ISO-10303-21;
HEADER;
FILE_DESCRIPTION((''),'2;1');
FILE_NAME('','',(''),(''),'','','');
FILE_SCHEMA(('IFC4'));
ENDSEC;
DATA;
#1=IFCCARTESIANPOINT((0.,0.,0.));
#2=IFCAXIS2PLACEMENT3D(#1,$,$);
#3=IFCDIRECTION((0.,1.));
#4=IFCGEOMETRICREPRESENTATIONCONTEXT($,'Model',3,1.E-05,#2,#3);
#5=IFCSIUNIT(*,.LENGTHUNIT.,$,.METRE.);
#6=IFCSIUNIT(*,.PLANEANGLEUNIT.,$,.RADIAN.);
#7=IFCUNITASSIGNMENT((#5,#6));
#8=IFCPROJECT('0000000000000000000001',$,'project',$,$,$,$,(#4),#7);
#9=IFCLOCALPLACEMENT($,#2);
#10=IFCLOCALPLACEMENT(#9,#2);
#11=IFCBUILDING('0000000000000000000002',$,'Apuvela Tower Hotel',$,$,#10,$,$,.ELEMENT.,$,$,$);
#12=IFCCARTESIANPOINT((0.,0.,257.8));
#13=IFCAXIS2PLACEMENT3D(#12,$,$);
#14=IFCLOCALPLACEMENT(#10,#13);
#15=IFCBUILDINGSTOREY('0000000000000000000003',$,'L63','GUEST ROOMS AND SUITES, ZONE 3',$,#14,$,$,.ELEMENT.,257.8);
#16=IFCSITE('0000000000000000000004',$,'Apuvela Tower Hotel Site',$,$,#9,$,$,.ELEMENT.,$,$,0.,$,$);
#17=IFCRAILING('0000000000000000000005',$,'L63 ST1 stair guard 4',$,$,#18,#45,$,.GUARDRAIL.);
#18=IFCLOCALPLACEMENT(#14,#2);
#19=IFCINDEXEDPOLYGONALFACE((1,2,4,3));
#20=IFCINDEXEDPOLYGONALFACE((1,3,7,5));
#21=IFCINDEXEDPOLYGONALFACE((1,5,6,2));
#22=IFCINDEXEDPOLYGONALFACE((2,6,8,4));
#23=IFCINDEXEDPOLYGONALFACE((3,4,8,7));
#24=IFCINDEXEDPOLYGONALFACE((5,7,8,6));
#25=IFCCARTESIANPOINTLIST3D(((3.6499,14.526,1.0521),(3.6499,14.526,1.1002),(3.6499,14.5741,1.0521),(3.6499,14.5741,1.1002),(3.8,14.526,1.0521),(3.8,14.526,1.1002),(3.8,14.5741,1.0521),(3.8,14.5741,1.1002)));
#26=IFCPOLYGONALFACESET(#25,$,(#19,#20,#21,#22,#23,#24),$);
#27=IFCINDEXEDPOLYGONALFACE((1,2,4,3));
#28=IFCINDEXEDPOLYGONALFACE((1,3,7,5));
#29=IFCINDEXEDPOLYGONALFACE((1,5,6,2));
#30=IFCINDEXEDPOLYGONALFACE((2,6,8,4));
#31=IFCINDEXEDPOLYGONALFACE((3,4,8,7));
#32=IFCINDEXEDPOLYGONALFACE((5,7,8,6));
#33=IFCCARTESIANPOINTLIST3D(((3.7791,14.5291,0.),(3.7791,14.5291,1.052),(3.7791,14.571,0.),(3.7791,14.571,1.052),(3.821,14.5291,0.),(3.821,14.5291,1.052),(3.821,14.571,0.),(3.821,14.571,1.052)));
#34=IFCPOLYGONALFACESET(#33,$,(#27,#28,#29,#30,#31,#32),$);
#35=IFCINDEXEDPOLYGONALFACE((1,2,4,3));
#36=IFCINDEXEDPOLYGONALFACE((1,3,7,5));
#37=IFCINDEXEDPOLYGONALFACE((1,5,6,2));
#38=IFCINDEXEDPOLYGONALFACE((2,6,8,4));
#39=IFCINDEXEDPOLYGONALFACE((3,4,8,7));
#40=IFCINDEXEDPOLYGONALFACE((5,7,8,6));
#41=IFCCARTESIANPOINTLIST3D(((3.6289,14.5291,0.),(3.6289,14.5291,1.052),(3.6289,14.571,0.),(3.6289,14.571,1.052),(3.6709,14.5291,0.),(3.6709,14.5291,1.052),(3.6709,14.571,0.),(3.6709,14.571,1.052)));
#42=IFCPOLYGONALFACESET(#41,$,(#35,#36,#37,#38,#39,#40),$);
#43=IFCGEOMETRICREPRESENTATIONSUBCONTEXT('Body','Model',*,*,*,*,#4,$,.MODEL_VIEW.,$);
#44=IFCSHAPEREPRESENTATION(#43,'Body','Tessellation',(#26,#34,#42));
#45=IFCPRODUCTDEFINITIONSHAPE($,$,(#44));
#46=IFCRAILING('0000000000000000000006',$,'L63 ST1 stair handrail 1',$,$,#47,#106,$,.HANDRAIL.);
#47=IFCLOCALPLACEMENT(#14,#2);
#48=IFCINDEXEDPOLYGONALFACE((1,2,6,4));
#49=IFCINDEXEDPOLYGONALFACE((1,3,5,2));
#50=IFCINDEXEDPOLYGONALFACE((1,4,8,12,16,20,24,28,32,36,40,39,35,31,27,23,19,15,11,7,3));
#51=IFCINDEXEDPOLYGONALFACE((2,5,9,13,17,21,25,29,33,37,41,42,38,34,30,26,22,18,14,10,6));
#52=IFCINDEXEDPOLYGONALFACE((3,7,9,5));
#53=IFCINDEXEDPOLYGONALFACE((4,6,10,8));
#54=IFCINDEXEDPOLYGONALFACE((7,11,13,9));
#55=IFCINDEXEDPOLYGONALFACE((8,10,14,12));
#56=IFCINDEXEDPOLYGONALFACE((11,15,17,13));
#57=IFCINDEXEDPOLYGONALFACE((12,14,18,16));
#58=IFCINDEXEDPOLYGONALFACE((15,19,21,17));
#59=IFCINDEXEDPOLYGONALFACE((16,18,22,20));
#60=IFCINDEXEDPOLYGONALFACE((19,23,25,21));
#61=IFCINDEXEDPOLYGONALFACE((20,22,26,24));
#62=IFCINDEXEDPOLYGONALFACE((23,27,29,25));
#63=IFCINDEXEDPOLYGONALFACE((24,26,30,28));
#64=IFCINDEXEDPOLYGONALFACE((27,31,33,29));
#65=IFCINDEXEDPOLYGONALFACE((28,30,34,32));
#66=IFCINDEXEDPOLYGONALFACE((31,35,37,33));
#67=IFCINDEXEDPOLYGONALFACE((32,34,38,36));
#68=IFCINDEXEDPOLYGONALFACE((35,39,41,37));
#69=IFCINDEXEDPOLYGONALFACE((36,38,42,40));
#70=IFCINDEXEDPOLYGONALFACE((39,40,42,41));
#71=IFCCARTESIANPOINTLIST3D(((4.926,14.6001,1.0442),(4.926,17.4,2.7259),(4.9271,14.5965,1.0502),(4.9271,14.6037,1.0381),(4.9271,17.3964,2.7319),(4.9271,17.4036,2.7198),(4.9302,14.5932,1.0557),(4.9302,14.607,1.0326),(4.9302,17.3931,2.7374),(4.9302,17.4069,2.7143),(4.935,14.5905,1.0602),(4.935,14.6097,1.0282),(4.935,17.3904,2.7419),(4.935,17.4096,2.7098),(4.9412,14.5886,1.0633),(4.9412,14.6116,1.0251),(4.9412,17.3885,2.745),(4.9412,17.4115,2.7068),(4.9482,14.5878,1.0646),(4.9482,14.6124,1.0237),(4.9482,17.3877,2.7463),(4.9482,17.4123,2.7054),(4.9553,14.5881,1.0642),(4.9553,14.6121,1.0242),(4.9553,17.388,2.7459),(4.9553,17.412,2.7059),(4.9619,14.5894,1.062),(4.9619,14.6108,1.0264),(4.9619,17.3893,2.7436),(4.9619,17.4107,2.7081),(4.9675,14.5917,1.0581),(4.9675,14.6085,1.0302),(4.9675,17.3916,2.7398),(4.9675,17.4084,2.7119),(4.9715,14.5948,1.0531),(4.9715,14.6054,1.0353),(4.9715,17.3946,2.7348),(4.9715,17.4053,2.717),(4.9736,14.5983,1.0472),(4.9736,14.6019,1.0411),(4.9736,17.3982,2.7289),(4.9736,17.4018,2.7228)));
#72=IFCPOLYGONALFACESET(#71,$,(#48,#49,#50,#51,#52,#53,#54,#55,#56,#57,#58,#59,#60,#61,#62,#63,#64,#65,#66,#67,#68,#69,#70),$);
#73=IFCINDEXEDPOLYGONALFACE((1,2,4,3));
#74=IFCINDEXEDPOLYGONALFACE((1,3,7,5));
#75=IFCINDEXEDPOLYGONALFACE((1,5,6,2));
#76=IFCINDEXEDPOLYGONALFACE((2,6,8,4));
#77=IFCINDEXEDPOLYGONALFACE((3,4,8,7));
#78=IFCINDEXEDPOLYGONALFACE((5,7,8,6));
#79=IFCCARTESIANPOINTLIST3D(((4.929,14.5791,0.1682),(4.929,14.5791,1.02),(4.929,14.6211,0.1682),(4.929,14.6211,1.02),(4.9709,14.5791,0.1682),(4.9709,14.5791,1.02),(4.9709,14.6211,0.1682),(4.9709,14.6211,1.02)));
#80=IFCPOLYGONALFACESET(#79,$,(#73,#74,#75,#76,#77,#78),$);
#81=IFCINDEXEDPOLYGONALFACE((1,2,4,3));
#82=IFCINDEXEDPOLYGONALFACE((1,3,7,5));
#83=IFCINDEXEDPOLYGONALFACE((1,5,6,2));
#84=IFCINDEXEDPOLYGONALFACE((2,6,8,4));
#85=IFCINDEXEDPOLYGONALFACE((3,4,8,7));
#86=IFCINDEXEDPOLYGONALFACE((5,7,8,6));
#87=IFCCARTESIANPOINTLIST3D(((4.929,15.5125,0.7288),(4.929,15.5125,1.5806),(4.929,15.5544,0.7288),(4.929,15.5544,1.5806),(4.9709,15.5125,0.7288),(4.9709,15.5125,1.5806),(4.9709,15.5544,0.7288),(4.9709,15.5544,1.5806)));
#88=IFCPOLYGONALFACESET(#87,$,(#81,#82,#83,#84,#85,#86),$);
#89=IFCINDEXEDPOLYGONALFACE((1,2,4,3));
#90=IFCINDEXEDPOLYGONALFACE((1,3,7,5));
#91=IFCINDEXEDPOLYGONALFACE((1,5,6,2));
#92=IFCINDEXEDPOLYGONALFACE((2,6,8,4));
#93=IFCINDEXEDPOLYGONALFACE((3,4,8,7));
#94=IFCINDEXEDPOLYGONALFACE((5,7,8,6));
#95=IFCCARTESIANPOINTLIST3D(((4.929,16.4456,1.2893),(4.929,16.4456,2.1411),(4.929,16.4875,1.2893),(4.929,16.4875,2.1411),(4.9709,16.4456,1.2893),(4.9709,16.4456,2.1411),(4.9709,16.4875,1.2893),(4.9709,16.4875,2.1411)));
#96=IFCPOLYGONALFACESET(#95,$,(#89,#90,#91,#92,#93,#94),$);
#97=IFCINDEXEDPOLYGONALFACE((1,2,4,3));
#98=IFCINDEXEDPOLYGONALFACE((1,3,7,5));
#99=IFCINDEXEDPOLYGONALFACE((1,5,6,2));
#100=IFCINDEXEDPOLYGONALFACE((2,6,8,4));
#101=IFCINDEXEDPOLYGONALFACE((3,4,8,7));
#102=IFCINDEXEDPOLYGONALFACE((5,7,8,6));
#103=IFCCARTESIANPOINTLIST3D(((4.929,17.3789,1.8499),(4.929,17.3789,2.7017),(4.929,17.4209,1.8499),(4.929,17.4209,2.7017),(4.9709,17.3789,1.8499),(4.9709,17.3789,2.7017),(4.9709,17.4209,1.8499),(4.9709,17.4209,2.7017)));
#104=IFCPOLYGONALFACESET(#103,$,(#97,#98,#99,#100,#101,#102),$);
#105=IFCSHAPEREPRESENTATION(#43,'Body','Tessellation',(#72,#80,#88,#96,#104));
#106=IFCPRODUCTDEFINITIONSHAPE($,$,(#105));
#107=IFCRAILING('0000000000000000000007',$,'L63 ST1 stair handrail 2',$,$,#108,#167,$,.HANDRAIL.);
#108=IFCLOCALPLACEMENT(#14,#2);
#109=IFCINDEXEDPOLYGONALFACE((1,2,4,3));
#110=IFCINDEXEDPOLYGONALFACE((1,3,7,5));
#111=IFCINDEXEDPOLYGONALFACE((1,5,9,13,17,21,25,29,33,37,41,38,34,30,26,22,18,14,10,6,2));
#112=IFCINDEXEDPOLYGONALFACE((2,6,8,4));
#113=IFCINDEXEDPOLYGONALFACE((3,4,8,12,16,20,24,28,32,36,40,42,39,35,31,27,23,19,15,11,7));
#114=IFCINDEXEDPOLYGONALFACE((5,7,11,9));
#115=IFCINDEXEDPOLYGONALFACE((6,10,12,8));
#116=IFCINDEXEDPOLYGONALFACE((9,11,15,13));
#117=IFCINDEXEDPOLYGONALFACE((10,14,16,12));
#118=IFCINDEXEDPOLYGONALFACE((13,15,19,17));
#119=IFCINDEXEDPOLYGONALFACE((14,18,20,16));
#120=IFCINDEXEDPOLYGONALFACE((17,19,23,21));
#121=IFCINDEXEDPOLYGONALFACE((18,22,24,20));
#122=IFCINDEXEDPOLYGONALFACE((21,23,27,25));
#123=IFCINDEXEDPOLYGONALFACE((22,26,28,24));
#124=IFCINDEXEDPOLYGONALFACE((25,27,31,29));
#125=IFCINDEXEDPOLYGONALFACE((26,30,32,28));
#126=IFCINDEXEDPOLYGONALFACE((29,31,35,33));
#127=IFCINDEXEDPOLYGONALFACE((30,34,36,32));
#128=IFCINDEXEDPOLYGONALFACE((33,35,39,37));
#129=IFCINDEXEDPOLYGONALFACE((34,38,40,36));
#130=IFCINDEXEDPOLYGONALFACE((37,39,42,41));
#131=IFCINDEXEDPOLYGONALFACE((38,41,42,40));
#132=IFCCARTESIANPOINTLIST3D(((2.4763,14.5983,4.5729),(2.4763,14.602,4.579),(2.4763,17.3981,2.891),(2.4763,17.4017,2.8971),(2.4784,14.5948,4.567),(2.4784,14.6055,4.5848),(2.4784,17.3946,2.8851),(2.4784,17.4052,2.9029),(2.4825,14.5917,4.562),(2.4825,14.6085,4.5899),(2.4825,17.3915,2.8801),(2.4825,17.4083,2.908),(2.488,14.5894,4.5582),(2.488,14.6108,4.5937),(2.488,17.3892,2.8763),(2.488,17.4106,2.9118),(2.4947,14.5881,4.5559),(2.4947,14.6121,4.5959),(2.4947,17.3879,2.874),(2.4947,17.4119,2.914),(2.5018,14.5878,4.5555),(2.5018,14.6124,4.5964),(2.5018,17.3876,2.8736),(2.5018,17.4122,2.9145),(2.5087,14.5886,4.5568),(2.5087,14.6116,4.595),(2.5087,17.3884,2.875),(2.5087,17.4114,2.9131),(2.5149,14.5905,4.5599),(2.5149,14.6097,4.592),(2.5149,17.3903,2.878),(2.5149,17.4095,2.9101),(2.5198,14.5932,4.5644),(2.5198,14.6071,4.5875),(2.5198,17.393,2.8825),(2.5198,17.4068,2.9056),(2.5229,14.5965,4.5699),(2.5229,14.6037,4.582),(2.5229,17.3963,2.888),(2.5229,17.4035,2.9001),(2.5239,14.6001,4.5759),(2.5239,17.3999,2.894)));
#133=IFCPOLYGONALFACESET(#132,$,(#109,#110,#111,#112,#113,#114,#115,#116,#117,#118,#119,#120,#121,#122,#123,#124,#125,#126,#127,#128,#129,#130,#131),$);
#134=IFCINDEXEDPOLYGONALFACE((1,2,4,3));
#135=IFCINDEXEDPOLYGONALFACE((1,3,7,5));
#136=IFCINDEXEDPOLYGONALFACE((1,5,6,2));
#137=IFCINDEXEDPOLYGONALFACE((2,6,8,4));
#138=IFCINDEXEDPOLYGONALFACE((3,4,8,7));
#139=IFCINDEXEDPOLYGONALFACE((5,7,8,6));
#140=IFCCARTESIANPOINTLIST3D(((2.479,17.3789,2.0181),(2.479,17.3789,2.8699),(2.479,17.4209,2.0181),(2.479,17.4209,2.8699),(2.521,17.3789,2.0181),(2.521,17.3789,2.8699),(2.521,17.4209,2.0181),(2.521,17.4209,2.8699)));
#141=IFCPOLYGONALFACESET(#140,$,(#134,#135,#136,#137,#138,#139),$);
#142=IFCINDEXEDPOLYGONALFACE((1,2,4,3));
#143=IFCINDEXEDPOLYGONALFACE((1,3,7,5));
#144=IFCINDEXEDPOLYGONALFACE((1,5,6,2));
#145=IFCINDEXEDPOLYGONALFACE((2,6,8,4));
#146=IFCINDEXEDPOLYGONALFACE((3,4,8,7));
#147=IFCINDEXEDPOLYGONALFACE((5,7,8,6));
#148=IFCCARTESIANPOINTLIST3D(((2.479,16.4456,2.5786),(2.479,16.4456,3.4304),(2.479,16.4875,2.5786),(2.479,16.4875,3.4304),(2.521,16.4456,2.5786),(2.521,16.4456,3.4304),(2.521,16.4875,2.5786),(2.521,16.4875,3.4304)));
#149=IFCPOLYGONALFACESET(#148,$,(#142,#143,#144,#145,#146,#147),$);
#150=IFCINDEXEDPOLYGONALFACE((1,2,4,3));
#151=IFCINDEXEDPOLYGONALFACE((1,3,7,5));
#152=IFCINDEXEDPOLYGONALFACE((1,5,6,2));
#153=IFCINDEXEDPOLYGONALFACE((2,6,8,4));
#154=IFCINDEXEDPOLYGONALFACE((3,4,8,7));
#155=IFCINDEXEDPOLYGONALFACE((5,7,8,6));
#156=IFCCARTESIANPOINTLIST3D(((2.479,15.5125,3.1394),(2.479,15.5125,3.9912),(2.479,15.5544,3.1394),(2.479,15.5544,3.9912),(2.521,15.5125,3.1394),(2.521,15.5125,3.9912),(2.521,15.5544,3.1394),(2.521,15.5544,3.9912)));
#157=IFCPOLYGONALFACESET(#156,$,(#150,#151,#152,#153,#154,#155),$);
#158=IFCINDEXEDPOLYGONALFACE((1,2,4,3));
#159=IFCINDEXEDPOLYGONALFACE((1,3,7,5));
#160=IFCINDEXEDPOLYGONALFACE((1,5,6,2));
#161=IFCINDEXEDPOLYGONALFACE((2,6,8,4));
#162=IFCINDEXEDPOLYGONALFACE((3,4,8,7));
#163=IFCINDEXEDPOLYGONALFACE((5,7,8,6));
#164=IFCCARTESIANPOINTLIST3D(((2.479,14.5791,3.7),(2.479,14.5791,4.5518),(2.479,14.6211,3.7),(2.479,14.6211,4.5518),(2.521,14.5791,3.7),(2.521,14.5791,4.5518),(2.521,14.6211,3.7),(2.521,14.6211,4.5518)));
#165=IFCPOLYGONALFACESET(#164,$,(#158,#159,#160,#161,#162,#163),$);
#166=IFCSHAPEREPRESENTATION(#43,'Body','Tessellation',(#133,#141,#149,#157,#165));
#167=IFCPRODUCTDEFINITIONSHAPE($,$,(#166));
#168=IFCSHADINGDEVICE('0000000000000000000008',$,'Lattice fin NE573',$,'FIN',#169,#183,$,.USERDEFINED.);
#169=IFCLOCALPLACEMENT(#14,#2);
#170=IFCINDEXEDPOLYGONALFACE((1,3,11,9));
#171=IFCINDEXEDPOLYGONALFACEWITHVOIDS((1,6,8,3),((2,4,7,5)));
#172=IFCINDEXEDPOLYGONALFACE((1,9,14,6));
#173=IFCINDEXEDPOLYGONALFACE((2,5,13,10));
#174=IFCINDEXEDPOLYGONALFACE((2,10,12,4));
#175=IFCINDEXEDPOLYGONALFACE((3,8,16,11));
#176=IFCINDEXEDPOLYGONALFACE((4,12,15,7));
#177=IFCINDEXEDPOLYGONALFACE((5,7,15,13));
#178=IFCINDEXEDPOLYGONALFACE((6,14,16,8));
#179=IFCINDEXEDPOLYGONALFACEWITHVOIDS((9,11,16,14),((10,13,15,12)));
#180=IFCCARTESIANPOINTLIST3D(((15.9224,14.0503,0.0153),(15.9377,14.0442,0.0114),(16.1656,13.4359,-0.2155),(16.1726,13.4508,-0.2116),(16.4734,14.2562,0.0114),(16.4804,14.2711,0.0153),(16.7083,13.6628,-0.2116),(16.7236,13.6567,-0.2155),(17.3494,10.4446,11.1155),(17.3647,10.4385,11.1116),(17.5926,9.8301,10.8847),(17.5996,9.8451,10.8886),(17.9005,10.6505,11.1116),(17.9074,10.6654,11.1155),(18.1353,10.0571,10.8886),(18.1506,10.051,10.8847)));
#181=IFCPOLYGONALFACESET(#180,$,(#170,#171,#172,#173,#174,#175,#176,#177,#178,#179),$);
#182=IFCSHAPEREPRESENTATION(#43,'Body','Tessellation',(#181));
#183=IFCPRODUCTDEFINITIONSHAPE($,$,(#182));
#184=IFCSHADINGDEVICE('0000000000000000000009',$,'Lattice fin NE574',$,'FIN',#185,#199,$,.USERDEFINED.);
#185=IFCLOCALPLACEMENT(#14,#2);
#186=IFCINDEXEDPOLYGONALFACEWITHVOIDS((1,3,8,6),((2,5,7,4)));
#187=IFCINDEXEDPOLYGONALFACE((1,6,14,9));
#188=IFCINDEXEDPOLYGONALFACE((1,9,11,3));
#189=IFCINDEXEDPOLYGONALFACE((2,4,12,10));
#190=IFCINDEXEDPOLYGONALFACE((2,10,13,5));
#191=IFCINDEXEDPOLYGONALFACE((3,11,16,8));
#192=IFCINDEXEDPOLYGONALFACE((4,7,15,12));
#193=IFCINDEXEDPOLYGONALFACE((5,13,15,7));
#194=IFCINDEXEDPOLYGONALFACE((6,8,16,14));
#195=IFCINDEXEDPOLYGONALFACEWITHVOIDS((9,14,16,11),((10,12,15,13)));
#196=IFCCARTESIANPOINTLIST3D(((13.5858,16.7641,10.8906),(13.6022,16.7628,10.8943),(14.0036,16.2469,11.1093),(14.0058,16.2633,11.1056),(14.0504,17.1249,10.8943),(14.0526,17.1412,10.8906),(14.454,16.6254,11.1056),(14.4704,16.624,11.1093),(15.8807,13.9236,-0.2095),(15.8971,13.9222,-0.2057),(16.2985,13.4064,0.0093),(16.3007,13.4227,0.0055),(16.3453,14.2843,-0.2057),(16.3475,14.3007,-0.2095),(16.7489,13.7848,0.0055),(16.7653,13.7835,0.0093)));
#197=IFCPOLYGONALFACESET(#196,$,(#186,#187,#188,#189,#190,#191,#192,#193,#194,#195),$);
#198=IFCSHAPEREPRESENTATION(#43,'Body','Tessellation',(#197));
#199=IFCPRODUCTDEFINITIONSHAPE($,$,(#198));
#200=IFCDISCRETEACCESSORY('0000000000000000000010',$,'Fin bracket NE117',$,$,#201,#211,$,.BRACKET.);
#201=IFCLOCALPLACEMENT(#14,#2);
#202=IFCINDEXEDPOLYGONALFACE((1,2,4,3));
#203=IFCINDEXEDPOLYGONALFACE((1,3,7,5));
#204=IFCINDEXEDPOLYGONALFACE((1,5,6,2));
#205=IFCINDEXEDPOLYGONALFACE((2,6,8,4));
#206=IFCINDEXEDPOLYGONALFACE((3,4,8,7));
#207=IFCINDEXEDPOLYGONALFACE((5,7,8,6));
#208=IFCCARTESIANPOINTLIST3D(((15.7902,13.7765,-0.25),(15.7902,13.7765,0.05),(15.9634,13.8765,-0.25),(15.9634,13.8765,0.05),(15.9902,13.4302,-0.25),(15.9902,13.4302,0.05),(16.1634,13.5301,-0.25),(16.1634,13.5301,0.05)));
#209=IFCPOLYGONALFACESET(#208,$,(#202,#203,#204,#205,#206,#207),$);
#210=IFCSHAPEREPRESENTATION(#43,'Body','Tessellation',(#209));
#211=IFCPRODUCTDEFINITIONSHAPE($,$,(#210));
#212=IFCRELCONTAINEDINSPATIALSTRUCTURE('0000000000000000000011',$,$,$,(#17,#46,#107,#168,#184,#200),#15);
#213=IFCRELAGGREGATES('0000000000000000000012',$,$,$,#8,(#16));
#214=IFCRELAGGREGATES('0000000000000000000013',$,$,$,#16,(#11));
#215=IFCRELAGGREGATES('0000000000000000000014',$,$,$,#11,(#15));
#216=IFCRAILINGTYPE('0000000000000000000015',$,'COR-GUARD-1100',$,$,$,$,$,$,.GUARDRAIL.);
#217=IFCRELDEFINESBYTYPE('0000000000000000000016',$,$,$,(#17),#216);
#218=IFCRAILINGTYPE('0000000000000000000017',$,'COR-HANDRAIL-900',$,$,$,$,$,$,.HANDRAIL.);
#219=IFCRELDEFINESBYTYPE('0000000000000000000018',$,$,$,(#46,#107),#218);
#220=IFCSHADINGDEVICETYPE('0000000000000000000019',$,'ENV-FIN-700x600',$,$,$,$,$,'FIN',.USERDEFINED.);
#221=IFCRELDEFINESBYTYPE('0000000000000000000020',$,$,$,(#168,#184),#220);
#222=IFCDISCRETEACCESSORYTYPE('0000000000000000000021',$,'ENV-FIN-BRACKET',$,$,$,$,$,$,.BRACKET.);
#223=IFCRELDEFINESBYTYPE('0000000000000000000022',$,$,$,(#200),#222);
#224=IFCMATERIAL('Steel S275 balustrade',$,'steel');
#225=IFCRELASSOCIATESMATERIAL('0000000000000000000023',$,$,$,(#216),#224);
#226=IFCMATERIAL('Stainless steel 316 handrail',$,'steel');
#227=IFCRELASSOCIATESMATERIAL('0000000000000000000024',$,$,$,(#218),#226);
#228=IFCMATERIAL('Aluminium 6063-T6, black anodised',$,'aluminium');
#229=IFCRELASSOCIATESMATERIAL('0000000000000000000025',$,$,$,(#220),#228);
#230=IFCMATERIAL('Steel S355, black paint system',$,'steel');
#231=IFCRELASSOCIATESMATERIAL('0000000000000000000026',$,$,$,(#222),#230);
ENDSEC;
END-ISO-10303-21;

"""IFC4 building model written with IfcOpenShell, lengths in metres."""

from ifc_helpers import new_model, si_unit, direction, frame, origin, origin_2d, place, context, subcontext, project, spatial, rectangle, hollow_rectangle, circle, extrude, material, material_profile, profile_set, type_object, element, save


model = new_model("IFC4")

# Units and contexts
model_context = context("Model", 3, precision=1e-05, world=origin(), true_north=direction((0.0, 1.0)))
body_context = subcontext(model_context, "Body", "Model", "MODEL_VIEW")
ifc_project = project(units=[si_unit("LENGTHUNIT", "METRE"), si_unit("PLANEANGLEUNIT", "RADIAN")], contexts=[model_context])

# Site, building, storey
site_placement = place(None, origin())
site = spatial("IfcSite", under=ifc_project, at=site_placement, Name="Apuvela Tower Hotel Site", CompositionType="ELEMENT", RefElevation=0.0)
building_placement = place(site_placement, origin())
building = spatial("IfcBuilding", under=site, at=building_placement, Name="Apuvela Tower Hotel", CompositionType="ELEMENT")
storey_placement = place(building_placement, frame((0.0, 0.0, 257.8)))
storey = spatial("IfcBuildingStorey", under=building, at=storey_placement, Name="L63", Description="GUEST ROOMS AND SUITES, ZONE 3", CompositionType="ELEMENT", Elevation=257.8)

# Railings
ifc_material_1 = material(Name="Steel S275 balustrade", Category="steel")
railing_type_1 = type_object("IfcRailingType", Name="COR-GUARD-1100", PredefinedType="GUARDRAIL", material=ifc_material_1)
railing_1_placement = place(storey_placement, frame((3.8, 14.55, 0.0)))
element("IfcRailing", 1, at=railing_1_placement, inside=storey, type_object=railing_type_1, Name="L63 ST1 stair guard 4", PredefinedType="GUARDRAIL", context=body_context, shape_type="SweptSolid", body=[
    extrude(rectangle(XDim=0.0481, YDim=0.0481, at=origin_2d()), frame((0.0, 0.0, 1.0762), z_axis=(-1.0, 0.0, 0.0), x_axis=(0.0, -1.0, 0.0)), (0.0, 0.0, 1.0), 0.1501),
    extrude(rectangle(XDim=0.042, YDim=0.042, at=origin_2d()), origin(), (0.0, 0.0, 1.0), 1.052),
    extrude(rectangle(XDim=0.042, YDim=0.042, at=origin_2d()), frame((-0.1501, 0.0, 0.0)), (0.0, 0.0, 1.0), 1.052),
])
ifc_material_2 = material(Name="Stainless steel 316 handrail", Category="steel")
railing_type_2 = type_object("IfcRailingType", Name="COR-HANDRAIL-900", PredefinedType="HANDRAIL", material=ifc_material_2)
railing_2_placement = place(storey_placement, frame((4.95, 14.6001, 0.1682)))
element("IfcRailing", 2, at=railing_2_placement, inside=storey, type_object=railing_type_2, Name="L63 ST1 stair handrail 1", PredefinedType="HANDRAIL", context=body_context, shape_type="SweptSolid", body=[
    extrude(circle(Radius=0.0239, at=origin_2d()), frame((0.0, 0.0, 0.876), z_axis=(0.0, 0.857255, 0.514891), x_axis=(-1.0, 0.0, 0.0)), (0.0, 0.0, 1.0), 3.2661),
    extrude(rectangle(XDim=0.042, YDim=0.042, at=origin_2d()), origin(), (0.0, 0.0, 1.0), 0.8518),
    extrude(rectangle(XDim=0.042, YDim=0.042, at=origin_2d()), frame((0.0, 0.9333, 0.5605)), (0.0, 0.0, 1.0), 0.8518),
    extrude(rectangle(XDim=0.042, YDim=0.042, at=origin_2d()), frame((0.0, 1.8665, 1.1211)), (0.0, 0.0, 1.0), 0.8518),
    extrude(rectangle(XDim=0.042, YDim=0.042, at=origin_2d()), frame((0.0, 2.7998, 1.6816)), (0.0, 0.0, 1.0), 0.8518),
])
railing_3_placement = place(storey_placement, frame((2.5, 17.3999, 2.0181)))
element("IfcRailing", 3, at=railing_3_placement, inside=storey, type_object=railing_type_2, Name="L63 ST1 stair handrail 2", PredefinedType="HANDRAIL", context=body_context, shape_type="SweptSolid", body=[
    extrude(circle(Radius=0.0239, at=origin_2d()), frame((0.0, 0.0, 0.876), z_axis=(0.0, -0.857222, 0.514946), x_axis=(1.0, 0.0, 0.0)), (0.0, 0.0, 1.0), 3.2661),
    extrude(rectangle(XDim=0.042, YDim=0.042, at=origin_2d()), origin(), (0.0, 0.0, 1.0), 0.8518),
    extrude(rectangle(XDim=0.042, YDim=0.042, at=origin_2d()), frame((0.0, -0.9333, 0.5605)), (0.0, 0.0, 1.0), 0.8518),
    extrude(rectangle(XDim=0.042, YDim=0.042, at=origin_2d()), frame((0.0, -1.8665, 1.1213)), (0.0, 0.0, 1.0), 0.8518),
    extrude(rectangle(XDim=0.042, YDim=0.042, at=origin_2d()), frame((0.0, -2.7998, 1.6819)), (0.0, 0.0, 1.0), 0.8518),
])

# Shading devices
ifc_material_3 = material(Name="Aluminium 6063-T6, black anodised", Category="aluminium")
ifc_material_profile_1 = material_profile(ifc_material_3, hollow_rectangle(XDim=0.6001, YDim=0.7, WallThickness=0.012, at=origin_2d()), Name="AL BOX 700x600x12")
ifc_profile_set_1 = profile_set([ifc_material_profile_1], Name="Aluminium 6063-T6, black anodised")
shading_device_type = type_object("IfcShadingDeviceType", Name="ENV-FIN-700x600", ElementType="FIN", PredefinedType="USERDEFINED", material=ifc_profile_set_1)
shading_device_1_placement = place(storey_placement, frame((16.323, 13.8535, -0.1001), z_axis=(0.121365, -0.306661, 0.944049), x_axis=(0.92983, 0.367991, 0.0)))
element("IfcShadingDevice", 4, at=shading_device_1_placement, inside=storey, type_object=shading_device_type, Name="Lattice fin NE573", ObjectType="FIN", PredefinedType="USERDEFINED", context=body_context, shape_type="SweptSolid", body=[
    extrude(hollow_rectangle(XDim=0.6001, YDim=0.7, WallThickness=0.012, at=origin_2d()), origin(), (0.0, 0.0, 1.0), 11.7581),
])
shading_device_2_placement = place(storey_placement, frame((16.323, 13.8535, -0.1001), z_axis=(-0.196393, 0.243088, 0.949915), x_axis=(-0.777859, -0.628438, 0.0)))
element("IfcShadingDevice", 5, at=shading_device_2_placement, inside=storey, type_object=shading_device_type, Name="Lattice fin NE574", ObjectType="FIN", PredefinedType="USERDEFINED", context=body_context, shape_type="SweptSolid", body=[
    extrude(hollow_rectangle(XDim=0.6001, YDim=0.7, WallThickness=0.012, at=origin_2d()), origin(), (0.0, 0.0, 1.0), 11.6853),
])

# Discrete accessory
ifc_material_4 = material(Name="Steel S355, black paint system", Category="steel")
discrete_accessory_type = type_object("IfcDiscreteAccessoryType", Name="ENV-FIN-BRACKET", PredefinedType="BRACKET", material=ifc_material_4)
discrete_accessory_placement = place(storey_placement, frame((15.9768, 13.6533, -0.25), z_axis=(0.0, 0.0, 1.0), x_axis=(-0.5, 0.866025, 0.0)))
element("IfcDiscreteAccessory", 6, at=discrete_accessory_placement, inside=storey, type_object=discrete_accessory_type, Name="Fin bracket NE117", PredefinedType="BRACKET", context=body_context, shape_type="SweptSolid", body=[
    extrude(rectangle(XDim=0.3999, YDim=0.2, at=origin_2d()), origin(), (0.0, 0.0, 1.0), 0.3),
])

save(model, "model.ifc")
